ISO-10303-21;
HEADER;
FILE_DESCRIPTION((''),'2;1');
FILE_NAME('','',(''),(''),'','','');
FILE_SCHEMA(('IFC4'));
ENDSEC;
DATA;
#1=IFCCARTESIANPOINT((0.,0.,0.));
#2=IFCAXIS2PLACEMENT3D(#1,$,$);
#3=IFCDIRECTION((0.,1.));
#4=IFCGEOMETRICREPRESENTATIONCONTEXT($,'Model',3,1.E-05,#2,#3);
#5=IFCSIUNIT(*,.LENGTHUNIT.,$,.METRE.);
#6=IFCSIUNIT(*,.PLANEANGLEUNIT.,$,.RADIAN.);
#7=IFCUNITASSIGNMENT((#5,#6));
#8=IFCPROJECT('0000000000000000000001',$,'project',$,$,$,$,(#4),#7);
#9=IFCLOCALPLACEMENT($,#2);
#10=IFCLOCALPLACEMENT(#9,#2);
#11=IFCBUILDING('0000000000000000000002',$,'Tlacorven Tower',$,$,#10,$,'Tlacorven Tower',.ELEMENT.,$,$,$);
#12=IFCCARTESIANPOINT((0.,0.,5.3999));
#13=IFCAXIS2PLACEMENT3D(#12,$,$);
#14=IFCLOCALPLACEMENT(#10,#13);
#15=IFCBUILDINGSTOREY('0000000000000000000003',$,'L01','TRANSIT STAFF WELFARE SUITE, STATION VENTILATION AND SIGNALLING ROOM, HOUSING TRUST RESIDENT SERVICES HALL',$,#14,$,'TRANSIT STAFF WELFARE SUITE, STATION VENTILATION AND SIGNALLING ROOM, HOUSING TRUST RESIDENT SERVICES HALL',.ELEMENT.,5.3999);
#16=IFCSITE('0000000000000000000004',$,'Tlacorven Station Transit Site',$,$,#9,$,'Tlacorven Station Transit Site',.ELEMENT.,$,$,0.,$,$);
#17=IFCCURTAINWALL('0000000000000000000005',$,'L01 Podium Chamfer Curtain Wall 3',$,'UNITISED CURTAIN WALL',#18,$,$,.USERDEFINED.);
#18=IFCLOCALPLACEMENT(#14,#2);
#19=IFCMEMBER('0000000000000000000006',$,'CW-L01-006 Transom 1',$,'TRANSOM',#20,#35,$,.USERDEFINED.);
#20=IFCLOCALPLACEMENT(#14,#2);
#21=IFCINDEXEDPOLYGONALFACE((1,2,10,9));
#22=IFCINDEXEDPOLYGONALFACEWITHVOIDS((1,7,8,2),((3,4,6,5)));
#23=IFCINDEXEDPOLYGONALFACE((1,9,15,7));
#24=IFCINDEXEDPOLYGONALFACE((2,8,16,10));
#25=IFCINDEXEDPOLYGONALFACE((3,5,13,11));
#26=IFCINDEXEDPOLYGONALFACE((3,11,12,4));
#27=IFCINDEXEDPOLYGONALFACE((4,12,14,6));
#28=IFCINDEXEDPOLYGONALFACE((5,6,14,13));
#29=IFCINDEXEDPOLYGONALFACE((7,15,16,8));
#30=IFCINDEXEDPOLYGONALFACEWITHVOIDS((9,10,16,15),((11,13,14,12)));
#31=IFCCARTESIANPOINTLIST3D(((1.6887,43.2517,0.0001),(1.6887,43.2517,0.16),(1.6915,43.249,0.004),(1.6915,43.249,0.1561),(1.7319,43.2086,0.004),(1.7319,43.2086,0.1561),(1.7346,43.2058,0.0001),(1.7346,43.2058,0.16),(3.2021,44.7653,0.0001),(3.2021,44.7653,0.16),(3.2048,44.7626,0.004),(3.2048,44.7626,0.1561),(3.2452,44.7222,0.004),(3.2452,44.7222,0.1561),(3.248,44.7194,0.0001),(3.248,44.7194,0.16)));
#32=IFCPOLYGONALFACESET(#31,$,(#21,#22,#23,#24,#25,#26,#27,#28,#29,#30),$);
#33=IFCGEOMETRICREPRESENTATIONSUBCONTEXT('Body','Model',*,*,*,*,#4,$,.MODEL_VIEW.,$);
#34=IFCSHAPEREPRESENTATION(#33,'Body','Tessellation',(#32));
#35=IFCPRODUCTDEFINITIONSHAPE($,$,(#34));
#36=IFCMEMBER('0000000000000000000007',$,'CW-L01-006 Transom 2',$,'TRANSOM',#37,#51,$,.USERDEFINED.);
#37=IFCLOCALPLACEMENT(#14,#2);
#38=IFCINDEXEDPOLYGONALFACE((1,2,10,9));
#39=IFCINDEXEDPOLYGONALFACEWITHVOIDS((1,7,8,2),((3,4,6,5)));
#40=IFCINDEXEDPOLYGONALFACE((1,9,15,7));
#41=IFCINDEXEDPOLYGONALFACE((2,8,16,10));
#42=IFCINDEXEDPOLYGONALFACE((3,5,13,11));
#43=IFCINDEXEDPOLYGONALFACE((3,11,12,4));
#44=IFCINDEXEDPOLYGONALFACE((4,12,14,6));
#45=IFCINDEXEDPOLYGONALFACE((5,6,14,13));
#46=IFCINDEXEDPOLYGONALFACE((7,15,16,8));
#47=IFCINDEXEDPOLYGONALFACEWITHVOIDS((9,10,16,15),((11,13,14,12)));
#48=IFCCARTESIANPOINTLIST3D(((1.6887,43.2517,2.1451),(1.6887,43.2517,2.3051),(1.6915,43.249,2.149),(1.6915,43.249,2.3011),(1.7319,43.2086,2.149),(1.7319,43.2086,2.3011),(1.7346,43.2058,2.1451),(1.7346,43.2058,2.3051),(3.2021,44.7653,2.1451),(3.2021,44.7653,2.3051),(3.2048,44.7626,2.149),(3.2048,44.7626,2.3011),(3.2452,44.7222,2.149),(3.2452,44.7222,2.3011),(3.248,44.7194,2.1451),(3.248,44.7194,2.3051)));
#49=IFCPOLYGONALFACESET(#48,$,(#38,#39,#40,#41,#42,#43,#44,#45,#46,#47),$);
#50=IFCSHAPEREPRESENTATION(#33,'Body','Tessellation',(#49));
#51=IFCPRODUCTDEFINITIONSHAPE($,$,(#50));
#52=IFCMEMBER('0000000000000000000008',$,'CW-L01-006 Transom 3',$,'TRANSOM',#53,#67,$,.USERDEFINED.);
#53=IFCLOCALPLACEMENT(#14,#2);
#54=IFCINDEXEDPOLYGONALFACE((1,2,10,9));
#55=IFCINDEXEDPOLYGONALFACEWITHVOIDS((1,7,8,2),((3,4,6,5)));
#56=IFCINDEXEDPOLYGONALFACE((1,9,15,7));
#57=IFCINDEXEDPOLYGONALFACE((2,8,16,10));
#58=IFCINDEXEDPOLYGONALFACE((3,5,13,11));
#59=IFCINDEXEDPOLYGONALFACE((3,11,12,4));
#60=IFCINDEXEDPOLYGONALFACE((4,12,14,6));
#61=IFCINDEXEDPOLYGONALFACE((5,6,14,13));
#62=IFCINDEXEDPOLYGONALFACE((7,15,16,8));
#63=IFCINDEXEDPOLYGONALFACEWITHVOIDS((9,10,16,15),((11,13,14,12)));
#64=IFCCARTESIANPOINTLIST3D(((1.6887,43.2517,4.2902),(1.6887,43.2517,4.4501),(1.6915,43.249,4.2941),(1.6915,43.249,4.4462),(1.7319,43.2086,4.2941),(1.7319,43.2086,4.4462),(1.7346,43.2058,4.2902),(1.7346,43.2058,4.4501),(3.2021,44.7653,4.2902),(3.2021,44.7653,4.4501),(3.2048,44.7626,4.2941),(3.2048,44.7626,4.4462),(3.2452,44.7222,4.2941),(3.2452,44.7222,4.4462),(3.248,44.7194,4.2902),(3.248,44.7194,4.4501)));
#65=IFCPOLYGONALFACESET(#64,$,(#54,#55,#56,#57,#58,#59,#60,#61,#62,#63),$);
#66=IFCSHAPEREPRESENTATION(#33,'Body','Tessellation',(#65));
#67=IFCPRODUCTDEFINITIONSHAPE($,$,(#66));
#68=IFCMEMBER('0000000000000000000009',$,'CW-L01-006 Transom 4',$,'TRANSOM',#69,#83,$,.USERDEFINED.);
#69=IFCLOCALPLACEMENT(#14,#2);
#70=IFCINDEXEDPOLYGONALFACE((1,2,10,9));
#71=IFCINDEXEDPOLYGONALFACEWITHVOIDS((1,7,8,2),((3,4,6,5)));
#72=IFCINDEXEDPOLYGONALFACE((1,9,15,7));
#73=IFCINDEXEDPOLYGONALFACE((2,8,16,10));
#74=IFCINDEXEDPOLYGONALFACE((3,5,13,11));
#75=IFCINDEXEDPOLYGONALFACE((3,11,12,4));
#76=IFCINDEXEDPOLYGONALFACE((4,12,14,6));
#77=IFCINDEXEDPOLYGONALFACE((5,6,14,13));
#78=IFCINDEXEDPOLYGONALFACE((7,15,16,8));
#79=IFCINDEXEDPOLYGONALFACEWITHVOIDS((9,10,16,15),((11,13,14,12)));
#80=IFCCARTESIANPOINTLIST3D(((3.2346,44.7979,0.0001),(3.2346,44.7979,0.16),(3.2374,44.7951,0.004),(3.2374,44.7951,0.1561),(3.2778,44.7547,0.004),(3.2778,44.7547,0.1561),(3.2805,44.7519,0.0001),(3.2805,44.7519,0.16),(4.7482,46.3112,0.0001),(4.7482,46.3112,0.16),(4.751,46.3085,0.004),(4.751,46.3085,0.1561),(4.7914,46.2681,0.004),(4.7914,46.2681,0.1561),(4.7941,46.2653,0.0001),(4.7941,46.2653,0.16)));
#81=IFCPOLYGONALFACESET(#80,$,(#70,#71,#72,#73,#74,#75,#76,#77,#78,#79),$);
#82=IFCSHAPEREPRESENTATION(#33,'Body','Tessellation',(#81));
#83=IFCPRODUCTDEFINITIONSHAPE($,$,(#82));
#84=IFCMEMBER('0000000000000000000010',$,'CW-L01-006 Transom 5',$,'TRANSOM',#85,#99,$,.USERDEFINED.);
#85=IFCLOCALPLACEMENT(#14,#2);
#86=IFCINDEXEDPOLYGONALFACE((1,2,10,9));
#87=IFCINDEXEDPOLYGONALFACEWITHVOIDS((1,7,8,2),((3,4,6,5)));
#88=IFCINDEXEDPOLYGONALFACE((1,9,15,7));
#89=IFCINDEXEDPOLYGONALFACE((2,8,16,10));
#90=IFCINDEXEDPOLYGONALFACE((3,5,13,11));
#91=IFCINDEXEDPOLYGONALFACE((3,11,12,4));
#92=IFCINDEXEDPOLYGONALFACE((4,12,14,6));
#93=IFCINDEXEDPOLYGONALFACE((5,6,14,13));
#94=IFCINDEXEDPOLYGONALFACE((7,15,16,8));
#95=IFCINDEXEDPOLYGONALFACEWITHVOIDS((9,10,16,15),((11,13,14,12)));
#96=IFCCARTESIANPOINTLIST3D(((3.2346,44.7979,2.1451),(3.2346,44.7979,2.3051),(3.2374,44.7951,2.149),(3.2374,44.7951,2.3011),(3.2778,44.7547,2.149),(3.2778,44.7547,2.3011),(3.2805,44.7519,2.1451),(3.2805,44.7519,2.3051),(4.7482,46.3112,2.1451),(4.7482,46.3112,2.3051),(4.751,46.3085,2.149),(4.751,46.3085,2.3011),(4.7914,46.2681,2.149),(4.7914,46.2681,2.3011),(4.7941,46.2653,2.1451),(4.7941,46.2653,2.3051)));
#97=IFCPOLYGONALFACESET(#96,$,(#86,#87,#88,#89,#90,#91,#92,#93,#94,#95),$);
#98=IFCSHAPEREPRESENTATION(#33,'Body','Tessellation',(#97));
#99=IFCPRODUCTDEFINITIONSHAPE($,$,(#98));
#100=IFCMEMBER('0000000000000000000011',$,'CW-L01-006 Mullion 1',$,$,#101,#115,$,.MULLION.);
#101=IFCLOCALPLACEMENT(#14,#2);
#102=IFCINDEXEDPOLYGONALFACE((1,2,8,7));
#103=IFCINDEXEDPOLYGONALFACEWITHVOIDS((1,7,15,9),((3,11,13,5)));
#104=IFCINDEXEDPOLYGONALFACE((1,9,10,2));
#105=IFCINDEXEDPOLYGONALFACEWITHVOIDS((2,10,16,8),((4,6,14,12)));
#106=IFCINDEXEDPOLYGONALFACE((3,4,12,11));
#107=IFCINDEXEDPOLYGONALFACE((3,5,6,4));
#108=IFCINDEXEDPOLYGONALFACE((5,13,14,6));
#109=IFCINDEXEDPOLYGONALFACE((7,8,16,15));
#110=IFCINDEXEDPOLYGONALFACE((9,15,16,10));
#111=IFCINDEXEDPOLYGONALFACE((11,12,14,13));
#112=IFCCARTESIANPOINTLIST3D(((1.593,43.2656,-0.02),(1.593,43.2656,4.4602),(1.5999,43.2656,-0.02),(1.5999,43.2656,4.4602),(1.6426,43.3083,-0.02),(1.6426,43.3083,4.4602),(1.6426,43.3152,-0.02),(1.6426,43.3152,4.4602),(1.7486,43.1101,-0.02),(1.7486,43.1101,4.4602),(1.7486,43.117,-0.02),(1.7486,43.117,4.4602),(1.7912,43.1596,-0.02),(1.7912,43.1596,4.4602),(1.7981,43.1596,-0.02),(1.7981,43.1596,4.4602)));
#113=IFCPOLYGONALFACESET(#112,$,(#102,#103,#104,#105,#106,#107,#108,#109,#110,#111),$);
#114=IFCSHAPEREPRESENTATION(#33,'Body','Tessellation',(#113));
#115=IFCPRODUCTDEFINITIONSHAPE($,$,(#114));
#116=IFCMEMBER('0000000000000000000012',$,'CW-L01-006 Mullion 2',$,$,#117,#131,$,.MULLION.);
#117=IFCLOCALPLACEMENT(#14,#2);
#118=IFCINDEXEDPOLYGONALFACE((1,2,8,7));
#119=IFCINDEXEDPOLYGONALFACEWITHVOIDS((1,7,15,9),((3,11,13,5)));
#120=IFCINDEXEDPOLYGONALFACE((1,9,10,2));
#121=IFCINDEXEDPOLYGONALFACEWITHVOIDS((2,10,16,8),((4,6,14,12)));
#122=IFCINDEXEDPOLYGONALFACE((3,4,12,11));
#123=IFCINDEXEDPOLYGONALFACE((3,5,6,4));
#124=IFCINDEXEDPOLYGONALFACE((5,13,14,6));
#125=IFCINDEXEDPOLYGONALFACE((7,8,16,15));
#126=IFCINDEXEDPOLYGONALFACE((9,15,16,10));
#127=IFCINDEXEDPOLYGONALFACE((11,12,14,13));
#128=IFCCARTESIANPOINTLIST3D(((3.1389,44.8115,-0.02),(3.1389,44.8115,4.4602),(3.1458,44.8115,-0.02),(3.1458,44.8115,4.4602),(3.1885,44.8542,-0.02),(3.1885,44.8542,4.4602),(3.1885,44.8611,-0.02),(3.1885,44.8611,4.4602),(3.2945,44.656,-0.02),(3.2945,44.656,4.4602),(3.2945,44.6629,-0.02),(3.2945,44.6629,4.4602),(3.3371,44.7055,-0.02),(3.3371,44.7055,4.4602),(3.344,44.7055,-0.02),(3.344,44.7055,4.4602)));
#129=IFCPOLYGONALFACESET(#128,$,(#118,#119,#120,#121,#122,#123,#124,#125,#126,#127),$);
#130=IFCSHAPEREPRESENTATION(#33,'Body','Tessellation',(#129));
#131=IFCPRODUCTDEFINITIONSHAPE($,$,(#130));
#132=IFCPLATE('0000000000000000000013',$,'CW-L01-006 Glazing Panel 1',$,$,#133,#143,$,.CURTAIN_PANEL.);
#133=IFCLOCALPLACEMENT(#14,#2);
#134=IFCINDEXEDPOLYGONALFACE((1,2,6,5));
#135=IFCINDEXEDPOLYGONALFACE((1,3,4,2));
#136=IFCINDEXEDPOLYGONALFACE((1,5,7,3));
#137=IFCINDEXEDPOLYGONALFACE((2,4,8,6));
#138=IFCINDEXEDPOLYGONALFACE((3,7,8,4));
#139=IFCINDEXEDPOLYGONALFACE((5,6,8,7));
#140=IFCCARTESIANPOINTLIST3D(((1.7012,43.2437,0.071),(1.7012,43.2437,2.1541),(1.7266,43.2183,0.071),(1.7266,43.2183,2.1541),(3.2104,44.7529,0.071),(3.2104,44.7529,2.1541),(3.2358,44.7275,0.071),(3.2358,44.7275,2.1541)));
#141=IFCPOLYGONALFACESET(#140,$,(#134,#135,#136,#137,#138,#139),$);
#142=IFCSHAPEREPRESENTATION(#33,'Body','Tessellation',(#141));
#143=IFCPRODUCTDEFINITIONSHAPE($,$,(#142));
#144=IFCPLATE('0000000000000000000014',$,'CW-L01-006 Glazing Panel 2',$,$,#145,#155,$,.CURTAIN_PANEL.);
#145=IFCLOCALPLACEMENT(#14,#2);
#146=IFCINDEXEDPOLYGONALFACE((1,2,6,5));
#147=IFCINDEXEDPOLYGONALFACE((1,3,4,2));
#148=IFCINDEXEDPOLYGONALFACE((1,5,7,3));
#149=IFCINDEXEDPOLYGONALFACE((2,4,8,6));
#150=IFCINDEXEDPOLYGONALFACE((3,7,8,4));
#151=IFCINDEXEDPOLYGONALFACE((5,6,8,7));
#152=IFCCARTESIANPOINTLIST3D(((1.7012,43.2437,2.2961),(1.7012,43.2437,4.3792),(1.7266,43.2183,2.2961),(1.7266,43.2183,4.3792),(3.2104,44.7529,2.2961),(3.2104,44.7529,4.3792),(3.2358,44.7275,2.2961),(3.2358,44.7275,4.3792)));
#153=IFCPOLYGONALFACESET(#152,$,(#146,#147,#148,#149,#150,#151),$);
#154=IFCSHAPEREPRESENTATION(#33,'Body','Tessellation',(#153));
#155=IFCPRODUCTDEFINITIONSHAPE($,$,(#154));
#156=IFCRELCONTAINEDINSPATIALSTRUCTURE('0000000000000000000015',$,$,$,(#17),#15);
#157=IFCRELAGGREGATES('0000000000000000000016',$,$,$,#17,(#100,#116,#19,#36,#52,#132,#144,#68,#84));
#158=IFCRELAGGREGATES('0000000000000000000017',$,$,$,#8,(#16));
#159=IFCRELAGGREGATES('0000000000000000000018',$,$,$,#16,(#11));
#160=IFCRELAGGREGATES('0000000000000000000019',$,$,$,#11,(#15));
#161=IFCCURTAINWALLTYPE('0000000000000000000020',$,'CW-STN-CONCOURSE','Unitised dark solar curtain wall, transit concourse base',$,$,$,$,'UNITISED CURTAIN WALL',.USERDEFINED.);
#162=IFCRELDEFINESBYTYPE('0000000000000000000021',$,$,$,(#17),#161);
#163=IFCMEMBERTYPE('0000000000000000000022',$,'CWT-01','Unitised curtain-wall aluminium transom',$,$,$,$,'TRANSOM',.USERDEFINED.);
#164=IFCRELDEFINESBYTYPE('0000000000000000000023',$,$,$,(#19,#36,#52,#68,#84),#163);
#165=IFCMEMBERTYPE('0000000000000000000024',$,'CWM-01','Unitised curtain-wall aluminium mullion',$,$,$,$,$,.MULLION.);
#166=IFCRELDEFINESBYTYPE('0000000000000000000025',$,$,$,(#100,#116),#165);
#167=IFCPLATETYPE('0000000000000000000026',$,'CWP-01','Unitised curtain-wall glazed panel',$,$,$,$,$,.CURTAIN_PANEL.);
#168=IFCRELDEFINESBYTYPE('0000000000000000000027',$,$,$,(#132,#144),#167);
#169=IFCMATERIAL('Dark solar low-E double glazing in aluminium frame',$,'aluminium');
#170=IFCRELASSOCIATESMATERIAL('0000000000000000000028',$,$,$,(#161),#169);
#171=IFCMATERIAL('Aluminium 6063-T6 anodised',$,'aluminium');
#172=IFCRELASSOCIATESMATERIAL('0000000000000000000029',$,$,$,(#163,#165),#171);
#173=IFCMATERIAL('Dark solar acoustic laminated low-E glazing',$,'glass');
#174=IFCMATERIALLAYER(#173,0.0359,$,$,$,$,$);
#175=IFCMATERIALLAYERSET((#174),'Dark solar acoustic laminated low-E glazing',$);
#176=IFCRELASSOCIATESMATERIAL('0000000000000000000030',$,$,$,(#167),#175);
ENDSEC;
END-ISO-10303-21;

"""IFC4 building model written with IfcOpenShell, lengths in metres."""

from ifc_helpers import new_model, si_unit, direction, frame, origin, origin_2d, place, context, subcontext, project, spatial, rectangle, hollow_rectangle, extrude, source, transform, mapped, material, layer, layer_set, material_profile, profile_set, type_object, element, aggregate, save


model = new_model("IFC4")

# Units and contexts
model_context = context("Model", 3, precision=1e-05, world=origin(), true_north=direction((0.0, 1.0)))
body_context = subcontext(model_context, "Body", "Model", "MODEL_VIEW")
ifc_project = project(units=[si_unit("LENGTHUNIT", "METRE"), si_unit("PLANEANGLEUNIT", "RADIAN")], contexts=[model_context])

# Site, building, storey
site_placement = place(None, origin())
site = spatial("IfcSite", under=ifc_project, at=site_placement, Name="Tlacorven Station Transit Site", LongName="Tlacorven Station Transit Site", CompositionType="ELEMENT", RefElevation=0.0)
building_placement = place(site_placement, origin())
building = spatial("IfcBuilding", under=site, at=building_placement, Name="Tlacorven Tower", LongName="Tlacorven Tower", CompositionType="ELEMENT")
storey_placement = place(building_placement, frame((0.0, 0.0, 5.3999)))
storey = spatial("IfcBuildingStorey", under=building, at=storey_placement, Name="L01", Description="TRANSIT STAFF WELFARE SUITE, STATION VENTILATION AND SIGNALLING ROOM, HOUSING TRUST RESIDENT SERVICES HALL", LongName="TRANSIT STAFF WELFARE SUITE, STATION VENTILATION AND SIGNALLING ROOM, HOUSING TRUST RESIDENT SERVICES HALL", CompositionType="ELEMENT", Elevation=5.3999)

# Curtain wall, members, plates
ifc_material_1 = material(Name="Dark solar low-E double glazing in aluminium frame", Category="aluminium")
curtain_wall_type = type_object("IfcCurtainWallType", Name="CW-STN-CONCOURSE", Description="Unitised dark solar curtain wall, transit concourse base", ElementType="UNITISED CURTAIN WALL", PredefinedType="USERDEFINED", material=ifc_material_1)
curtain_wall_placement = place(storey_placement, origin())
curtain_wall = element("IfcCurtainWall", 1, at=curtain_wall_placement, inside=storey, type_object=curtain_wall_type, Name="L01 Podium Chamfer Curtain Wall 3", ObjectType="UNITISED CURTAIN WALL", PredefinedType="USERDEFINED")
ifc_material_2 = material(Name="Aluminium 6063-T6 anodised", Category="aluminium")
ifc_material_profile_1 = material_profile(ifc_material_2, hollow_rectangle(XDim=0.0649, YDim=0.1599, WallThickness=0.0039, at=origin_2d()), Name="ALU TRANSOM 65X160")
ifc_profile_set_1 = profile_set([ifc_material_profile_1], Name="Aluminium 6063-T6 anodised")
member_type_1 = type_object("IfcMemberType", Name="CWT-01", Description="Unitised curtain-wall aluminium transom", ElementType="TRANSOM", PredefinedType="USERDEFINED", material=ifc_profile_set_1)
shared_shape_1 = source(origin(), body_context, "Body", "SweptSolid", [
    extrude(hollow_rectangle(XDim=0.0649, YDim=0.1599, WallThickness=0.0039, at=origin_2d()), origin(), (0.0, 0.0, 1.0), 2.1404),
])
member_1_placement = place(storey_placement, frame((1.7117, 43.2288, 0.0801), z_axis=(0.70705, 0.707164, 0.0), x_axis=(-0.707164, 0.70705, 0.0)))
member_1 = element("IfcMember", 2, at=member_1_placement, type_object=member_type_1, Name="CW-L01-006 Transom 1", ObjectType="TRANSOM", PredefinedType="USERDEFINED", context=body_context, shape_type="MappedRepresentation", body=[
    mapped(shared_shape_1, transform((0.0, 0.0, 0.0), scale=1.0)),
])
member_2_placement = place(storey_placement, frame((1.7117, 43.2288, 2.2251), z_axis=(0.70705, 0.707164, 0.0), x_axis=(-0.707164, 0.70705, 0.0)))
member_2 = element("IfcMember", 3, at=member_2_placement, type_object=member_type_1, Name="CW-L01-006 Transom 2", ObjectType="TRANSOM", PredefinedType="USERDEFINED", context=body_context, shape_type="MappedRepresentation", body=[
    mapped(shared_shape_1, transform((0.0, 0.0, 0.0), scale=1.0)),
])
member_3_placement = place(storey_placement, frame((1.7117, 43.2288, 4.3701), z_axis=(0.70705, 0.707164, 0.0), x_axis=(-0.707164, 0.70705, 0.0)))
member_3 = element("IfcMember", 4, at=member_3_placement, type_object=member_type_1, Name="CW-L01-006 Transom 3", ObjectType="TRANSOM", PredefinedType="USERDEFINED", context=body_context, shape_type="MappedRepresentation", body=[
    mapped(shared_shape_1, transform((0.0, 0.0, 0.0), scale=1.0)),
])
member_4_placement = place(storey_placement, frame((3.2576, 44.7749, 0.0801), z_axis=(0.707164, 0.70705, 0.0), x_axis=(-0.70705, 0.707164, 0.0)))
member_4 = element("IfcMember", 5, at=member_4_placement, type_object=member_type_1, Name="CW-L01-006 Transom 4", ObjectType="TRANSOM", PredefinedType="USERDEFINED", context=body_context, shape_type="MappedRepresentation", body=[
    mapped(shared_shape_1, transform((0.0, 0.0, 0.0), scale=1.0)),
])
member_5_placement = place(storey_placement, frame((3.2576, 44.7749, 2.2251), z_axis=(0.707164, 0.70705, 0.0), x_axis=(-0.70705, 0.707164, 0.0)))
member_5 = element("IfcMember", 6, at=member_5_placement, type_object=member_type_1, Name="CW-L01-006 Transom 5", ObjectType="TRANSOM", PredefinedType="USERDEFINED", context=body_context, shape_type="MappedRepresentation", body=[
    mapped(shared_shape_1, transform((0.0, 0.0, 0.0), scale=1.0)),
])
ifc_material_profile_2 = material_profile(ifc_material_2, hollow_rectangle(XDim=0.0701, YDim=0.22, WallThickness=0.0049, at=origin_2d()), Name="ALU MULLION 70X220")
ifc_profile_set_2 = profile_set([ifc_material_profile_2], Name="Aluminium 6063-T6 anodised")
member_type_2 = type_object("IfcMemberType", Name="CWM-01", Description="Unitised curtain-wall aluminium mullion", PredefinedType="MULLION", material=ifc_profile_set_2)
shared_shape_2 = source(origin(), body_context, "Body", "SweptSolid", [
    extrude(hollow_rectangle(XDim=0.0701, YDim=0.22, WallThickness=0.0049, at=origin_2d()), origin(), (0.0, 0.0, 1.0), 4.4802),
])
member_6_placement = place(storey_placement, frame((1.6956, 43.2126, -0.02), z_axis=(0.0, 0.0, 1.0), x_axis=(0.707107, 0.707107, 0.0)))
member_6 = element("IfcMember", 7, at=member_6_placement, type_object=member_type_2, Name="CW-L01-006 Mullion 1", PredefinedType="MULLION", context=body_context, shape_type="MappedRepresentation", body=[
    mapped(shared_shape_2, transform((0.0, 0.0, 0.0), scale=1.0)),
])
member_7_placement = place(storey_placement, frame((3.2415, 44.7585, -0.02), z_axis=(0.0, 0.0, 1.0), x_axis=(0.707107, 0.707107, 0.0)))
member_7 = element("IfcMember", 8, at=member_7_placement, type_object=member_type_2, Name="CW-L01-006 Mullion 2", PredefinedType="MULLION", context=body_context, shape_type="MappedRepresentation", body=[
    mapped(shared_shape_2, transform((0.0, 0.0, 0.0), scale=1.0)),
])
ifc_material_3 = material(Name="Dark solar acoustic laminated low-E glazing", Category="glass")
ifc_layer = layer(ifc_material_3, 0.0359)
ifc_layer_set = layer_set([ifc_layer], Name="Dark solar acoustic laminated low-E glazing")
plate_type = type_object("IfcPlateType", Name="CWP-01", Description="Unitised curtain-wall glazed panel", PredefinedType="CURTAIN_PANEL", material=ifc_layer_set)
shared_shape_3 = source(origin(), body_context, "Body", "SweptSolid", [
    extrude(rectangle(XDim=2.1343, YDim=0.0359, at=origin_2d()), origin(), (0.0, 0.0, 1.0), 2.083),
])
plate_1_placement = place(storey_placement, frame((2.4685, 43.9856, 0.071), z_axis=(0.0, 0.0, 1.0), x_axis=(0.707107, 0.707107, 0.0)))
plate_1 = element("IfcPlate", 9, at=plate_1_placement, type_object=plate_type, Name="CW-L01-006 Glazing Panel 1", PredefinedType="CURTAIN_PANEL", context=body_context, shape_type="MappedRepresentation", body=[
    mapped(shared_shape_3, transform((0.0, 0.0, 0.0), scale=1.0)),
])
plate_2_placement = place(storey_placement, frame((2.4685, 43.9856, 2.2961), z_axis=(0.0, 0.0, 1.0), x_axis=(0.707107, 0.707107, 0.0)))
plate_2 = element("IfcPlate", 10, at=plate_2_placement, type_object=plate_type, Name="CW-L01-006 Glazing Panel 2", PredefinedType="CURTAIN_PANEL", context=body_context, shape_type="MappedRepresentation", body=[
    mapped(shared_shape_3, transform((0.0, 0.0, 0.0), scale=1.0)),
])
aggregate(curtain_wall, [member_6, member_7, member_1, member_2, member_3, plate_1, plate_2, member_4, member_5])

save(model, "model.ifc")
